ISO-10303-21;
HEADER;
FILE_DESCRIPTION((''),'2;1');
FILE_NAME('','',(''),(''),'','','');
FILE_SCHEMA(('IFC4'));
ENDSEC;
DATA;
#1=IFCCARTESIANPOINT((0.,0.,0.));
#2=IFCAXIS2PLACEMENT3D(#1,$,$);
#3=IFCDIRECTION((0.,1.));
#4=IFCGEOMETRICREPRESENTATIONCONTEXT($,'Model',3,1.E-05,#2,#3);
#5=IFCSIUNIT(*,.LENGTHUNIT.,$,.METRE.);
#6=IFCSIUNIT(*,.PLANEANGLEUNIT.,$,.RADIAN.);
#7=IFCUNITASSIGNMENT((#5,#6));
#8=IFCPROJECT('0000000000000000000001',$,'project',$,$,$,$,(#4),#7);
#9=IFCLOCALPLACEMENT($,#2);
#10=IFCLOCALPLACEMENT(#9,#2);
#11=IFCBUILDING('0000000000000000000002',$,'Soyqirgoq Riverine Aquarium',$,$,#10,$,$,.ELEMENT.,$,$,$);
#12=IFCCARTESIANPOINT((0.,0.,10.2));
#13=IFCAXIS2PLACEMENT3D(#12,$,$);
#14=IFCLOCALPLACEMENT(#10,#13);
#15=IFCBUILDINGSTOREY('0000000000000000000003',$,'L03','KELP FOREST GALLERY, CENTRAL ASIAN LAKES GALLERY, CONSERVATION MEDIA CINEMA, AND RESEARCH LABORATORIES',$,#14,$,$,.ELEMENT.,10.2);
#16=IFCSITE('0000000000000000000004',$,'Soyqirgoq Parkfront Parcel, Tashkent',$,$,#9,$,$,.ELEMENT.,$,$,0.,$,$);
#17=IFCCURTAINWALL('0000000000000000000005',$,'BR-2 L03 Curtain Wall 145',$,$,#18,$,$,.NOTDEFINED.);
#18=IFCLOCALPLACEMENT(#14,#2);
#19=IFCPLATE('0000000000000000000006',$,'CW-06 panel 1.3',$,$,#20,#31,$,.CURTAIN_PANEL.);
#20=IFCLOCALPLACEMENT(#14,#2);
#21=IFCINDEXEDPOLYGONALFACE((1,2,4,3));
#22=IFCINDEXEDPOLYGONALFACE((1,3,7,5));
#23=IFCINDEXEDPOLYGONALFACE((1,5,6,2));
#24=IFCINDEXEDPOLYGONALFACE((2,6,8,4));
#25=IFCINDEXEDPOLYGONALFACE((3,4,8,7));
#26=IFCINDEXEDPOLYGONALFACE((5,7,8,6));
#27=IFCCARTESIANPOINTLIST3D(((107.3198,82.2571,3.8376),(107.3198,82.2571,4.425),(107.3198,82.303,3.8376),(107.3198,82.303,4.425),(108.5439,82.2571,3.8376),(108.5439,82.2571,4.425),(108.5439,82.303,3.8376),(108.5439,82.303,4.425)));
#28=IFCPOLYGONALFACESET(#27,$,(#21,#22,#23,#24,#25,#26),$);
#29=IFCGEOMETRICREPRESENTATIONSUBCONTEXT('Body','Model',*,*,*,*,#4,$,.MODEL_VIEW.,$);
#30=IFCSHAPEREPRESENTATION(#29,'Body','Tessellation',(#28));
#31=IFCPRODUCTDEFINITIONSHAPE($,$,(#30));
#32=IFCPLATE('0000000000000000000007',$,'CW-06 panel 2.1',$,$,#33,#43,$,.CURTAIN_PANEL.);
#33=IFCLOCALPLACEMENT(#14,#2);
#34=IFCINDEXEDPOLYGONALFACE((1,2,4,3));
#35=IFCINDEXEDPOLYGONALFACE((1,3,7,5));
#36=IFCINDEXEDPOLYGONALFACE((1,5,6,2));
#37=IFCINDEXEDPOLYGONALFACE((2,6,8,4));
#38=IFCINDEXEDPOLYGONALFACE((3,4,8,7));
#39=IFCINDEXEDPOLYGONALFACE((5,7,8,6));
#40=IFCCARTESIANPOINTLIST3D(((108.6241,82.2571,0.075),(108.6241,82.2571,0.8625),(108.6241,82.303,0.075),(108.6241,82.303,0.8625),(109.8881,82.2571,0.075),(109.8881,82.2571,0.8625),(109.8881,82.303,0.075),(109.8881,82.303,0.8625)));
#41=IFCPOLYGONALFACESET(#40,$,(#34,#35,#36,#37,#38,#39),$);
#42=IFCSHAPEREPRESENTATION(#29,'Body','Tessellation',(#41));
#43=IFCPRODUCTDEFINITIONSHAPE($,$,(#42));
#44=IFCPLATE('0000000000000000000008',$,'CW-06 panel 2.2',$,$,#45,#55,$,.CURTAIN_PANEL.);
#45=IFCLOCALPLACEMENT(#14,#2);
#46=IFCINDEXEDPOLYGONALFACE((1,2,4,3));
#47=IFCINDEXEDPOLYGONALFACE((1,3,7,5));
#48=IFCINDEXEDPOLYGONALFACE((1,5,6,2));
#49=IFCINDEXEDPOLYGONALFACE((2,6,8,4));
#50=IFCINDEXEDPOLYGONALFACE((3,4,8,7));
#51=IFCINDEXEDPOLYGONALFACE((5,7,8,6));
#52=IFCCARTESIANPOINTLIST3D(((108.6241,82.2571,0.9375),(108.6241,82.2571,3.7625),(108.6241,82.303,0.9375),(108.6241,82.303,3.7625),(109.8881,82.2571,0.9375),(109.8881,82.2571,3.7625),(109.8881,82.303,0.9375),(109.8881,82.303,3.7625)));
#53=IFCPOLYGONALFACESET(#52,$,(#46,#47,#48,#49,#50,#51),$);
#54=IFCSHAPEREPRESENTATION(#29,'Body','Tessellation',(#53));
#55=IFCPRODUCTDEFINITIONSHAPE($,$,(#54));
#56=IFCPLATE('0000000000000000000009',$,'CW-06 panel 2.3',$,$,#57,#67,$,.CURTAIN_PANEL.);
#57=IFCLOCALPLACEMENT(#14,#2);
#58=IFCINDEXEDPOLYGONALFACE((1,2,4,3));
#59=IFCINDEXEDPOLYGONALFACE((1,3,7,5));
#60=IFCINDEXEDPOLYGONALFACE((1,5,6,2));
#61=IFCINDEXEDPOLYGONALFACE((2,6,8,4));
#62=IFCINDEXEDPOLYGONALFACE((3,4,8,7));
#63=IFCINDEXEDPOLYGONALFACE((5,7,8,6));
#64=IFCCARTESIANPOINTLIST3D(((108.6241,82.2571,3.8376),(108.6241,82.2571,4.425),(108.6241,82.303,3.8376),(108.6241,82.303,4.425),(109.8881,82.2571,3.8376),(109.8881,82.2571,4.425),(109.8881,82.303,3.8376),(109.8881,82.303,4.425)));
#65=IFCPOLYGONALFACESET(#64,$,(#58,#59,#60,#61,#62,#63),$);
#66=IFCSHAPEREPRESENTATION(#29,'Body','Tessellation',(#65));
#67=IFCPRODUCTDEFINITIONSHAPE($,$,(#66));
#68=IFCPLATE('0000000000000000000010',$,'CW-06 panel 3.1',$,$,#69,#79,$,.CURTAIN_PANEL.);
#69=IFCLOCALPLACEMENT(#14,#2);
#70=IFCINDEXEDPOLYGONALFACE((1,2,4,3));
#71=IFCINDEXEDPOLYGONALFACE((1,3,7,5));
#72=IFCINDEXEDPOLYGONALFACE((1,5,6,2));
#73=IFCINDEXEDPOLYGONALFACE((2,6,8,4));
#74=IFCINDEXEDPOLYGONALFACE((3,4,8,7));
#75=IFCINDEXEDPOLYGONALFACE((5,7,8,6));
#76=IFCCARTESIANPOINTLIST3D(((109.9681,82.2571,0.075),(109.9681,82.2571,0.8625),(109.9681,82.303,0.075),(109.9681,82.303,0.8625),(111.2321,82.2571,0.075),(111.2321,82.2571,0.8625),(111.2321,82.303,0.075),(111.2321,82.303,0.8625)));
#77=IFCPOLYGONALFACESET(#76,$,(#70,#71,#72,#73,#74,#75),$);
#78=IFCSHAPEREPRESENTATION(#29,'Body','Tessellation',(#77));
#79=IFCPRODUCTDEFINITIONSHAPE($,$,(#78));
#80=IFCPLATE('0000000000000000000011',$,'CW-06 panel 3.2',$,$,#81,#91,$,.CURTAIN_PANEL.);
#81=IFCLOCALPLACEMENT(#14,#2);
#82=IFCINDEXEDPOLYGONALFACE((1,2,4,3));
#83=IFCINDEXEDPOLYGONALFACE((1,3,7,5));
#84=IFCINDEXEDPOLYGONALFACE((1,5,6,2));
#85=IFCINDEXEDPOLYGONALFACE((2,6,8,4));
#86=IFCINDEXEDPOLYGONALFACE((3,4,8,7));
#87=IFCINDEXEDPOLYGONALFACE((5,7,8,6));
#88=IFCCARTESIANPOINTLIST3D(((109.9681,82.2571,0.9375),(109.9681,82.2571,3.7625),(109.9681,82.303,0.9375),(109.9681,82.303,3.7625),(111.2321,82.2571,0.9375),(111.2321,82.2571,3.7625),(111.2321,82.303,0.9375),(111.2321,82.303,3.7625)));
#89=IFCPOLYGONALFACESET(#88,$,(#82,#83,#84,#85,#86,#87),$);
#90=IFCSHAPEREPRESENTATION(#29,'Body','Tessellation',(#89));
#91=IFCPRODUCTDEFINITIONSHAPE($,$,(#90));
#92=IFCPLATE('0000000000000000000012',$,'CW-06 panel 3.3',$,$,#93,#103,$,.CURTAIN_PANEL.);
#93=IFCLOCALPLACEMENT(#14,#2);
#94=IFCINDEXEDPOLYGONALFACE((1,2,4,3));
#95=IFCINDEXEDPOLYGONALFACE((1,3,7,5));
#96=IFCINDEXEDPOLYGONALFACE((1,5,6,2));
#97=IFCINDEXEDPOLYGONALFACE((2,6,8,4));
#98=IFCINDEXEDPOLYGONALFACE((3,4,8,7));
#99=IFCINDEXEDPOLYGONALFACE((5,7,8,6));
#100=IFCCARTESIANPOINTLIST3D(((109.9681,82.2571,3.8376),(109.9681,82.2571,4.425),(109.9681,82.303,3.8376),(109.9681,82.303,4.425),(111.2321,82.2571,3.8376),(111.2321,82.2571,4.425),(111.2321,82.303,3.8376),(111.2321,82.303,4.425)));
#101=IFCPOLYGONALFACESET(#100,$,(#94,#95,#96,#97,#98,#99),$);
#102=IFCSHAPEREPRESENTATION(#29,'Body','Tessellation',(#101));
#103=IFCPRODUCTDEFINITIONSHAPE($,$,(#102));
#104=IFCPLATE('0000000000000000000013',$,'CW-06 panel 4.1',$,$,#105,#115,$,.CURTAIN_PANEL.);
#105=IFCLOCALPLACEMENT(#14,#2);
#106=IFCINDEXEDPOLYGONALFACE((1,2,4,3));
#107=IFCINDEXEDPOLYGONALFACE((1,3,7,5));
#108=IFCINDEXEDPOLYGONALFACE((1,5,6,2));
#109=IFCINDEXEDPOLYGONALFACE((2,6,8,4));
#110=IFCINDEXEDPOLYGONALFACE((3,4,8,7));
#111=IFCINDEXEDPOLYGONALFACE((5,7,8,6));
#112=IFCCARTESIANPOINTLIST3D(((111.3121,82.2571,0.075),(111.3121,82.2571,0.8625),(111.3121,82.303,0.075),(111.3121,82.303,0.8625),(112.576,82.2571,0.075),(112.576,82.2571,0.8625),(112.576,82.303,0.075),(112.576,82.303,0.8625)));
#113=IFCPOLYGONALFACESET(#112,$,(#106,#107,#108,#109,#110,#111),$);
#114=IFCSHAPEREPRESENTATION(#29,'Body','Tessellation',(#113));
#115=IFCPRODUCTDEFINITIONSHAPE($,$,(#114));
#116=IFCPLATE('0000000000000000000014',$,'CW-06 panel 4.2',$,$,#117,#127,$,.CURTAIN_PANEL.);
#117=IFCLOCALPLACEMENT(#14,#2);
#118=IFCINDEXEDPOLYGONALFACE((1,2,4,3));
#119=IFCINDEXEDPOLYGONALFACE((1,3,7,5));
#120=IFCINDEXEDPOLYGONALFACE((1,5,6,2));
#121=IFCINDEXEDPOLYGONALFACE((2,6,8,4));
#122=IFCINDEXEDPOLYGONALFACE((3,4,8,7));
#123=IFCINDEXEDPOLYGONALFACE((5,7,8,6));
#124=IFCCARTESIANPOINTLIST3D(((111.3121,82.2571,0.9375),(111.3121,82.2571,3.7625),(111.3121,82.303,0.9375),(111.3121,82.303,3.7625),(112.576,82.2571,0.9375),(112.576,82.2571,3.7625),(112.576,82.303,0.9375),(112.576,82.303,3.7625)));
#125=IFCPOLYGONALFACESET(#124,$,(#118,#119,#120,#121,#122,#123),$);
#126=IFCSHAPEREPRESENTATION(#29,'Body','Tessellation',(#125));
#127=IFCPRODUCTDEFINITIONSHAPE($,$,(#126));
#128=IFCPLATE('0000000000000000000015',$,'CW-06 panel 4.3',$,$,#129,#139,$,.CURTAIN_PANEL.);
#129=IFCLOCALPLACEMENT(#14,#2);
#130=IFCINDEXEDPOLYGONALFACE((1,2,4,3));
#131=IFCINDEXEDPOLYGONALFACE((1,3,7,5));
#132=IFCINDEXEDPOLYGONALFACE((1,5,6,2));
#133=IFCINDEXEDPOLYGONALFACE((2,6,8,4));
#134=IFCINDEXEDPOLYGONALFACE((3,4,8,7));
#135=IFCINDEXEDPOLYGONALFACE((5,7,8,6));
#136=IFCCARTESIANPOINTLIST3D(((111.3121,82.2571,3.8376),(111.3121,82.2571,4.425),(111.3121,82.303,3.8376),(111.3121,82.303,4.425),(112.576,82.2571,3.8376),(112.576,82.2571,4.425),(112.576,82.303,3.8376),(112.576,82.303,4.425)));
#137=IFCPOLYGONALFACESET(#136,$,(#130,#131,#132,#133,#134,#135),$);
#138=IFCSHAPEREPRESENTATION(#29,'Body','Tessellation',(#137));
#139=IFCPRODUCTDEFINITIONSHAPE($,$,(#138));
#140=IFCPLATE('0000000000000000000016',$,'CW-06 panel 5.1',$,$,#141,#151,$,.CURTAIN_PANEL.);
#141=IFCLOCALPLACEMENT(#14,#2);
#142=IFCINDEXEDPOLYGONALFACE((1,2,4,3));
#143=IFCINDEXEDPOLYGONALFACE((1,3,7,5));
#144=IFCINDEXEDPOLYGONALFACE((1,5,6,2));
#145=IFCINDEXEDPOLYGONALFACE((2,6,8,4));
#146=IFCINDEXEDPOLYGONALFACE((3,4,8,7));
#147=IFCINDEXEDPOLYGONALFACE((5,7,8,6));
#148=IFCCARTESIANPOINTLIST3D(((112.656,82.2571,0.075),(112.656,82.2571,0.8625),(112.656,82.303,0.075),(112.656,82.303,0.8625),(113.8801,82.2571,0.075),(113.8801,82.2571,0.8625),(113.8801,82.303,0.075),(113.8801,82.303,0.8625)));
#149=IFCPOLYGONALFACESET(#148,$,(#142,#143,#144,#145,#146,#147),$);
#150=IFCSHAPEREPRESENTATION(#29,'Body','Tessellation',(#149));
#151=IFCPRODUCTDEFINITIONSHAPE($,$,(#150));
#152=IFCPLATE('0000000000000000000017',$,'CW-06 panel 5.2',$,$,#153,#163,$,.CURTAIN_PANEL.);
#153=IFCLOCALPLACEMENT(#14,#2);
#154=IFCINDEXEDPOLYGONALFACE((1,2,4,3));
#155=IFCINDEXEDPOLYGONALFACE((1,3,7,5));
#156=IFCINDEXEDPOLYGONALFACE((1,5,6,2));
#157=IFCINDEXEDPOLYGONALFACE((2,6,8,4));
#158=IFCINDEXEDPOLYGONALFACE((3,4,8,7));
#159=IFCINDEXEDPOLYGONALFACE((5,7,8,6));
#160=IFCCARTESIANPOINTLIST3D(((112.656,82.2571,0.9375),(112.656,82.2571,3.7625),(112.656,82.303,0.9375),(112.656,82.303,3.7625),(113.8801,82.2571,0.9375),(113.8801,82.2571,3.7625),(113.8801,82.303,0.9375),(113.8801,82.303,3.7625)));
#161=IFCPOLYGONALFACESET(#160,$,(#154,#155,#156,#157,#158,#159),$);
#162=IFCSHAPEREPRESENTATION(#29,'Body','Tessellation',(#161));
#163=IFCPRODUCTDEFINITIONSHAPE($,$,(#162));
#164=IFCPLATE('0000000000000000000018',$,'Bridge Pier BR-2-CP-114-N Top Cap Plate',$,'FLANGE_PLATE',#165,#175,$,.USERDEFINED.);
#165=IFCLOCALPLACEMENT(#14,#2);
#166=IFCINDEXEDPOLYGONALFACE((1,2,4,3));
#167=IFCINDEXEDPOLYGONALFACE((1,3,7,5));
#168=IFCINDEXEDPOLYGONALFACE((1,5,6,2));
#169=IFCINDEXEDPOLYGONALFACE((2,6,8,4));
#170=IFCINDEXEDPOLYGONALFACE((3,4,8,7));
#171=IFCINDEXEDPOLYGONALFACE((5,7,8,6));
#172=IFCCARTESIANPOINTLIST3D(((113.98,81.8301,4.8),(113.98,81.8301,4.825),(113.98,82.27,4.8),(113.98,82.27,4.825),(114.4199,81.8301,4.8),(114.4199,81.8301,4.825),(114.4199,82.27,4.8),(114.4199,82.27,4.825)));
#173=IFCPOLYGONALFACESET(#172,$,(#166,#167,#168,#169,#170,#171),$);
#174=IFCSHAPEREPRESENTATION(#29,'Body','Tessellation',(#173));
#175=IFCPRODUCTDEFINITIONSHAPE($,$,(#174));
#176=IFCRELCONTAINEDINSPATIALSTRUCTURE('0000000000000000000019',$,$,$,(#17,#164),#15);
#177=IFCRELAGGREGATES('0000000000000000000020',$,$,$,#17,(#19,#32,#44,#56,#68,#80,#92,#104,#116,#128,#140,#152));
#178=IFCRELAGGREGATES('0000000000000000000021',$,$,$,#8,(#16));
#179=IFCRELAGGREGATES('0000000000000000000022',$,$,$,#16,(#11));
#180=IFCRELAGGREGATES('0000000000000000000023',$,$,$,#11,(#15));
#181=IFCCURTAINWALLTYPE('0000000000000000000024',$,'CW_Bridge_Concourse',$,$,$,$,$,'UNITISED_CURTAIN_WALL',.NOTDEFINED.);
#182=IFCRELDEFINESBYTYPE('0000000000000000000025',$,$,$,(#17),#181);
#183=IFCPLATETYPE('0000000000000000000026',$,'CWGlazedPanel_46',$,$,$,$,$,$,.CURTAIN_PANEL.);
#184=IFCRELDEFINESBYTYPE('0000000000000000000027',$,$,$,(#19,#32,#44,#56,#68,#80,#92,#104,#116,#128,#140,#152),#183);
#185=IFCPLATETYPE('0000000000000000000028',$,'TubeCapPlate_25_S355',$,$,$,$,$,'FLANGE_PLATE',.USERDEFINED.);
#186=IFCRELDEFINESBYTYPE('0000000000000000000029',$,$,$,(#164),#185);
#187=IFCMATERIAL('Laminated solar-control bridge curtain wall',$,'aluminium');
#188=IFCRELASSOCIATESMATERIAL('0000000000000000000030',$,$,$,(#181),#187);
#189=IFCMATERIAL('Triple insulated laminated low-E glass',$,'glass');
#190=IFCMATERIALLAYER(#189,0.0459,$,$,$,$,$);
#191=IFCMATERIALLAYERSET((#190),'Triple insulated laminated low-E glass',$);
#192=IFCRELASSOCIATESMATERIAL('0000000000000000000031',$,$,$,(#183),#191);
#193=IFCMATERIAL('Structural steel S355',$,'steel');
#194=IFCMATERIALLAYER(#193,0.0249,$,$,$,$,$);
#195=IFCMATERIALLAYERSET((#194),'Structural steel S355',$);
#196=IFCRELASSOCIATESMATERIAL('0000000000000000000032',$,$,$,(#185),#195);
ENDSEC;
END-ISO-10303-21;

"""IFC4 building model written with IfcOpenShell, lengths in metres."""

from ifc_helpers import new_model, si_unit, direction, frame, origin, origin_2d, place, context, subcontext, project, spatial, rectangle, extrude, material, layer, layer_set, type_object, element, aggregate, save


model = new_model("IFC4")

# Units and contexts
model_context = context("Model", 3, precision=1e-05, world=origin(), true_north=direction((0.0, 1.0)))
body_context = subcontext(model_context, "Body", "Model", "MODEL_VIEW")
ifc_project = project(units=[si_unit("LENGTHUNIT", "METRE"), si_unit("PLANEANGLEUNIT", "RADIAN")], contexts=[model_context])

# Site, building, storey
site_placement = place(None, origin())
site = spatial("IfcSite", under=ifc_project, at=site_placement, Name="Soyqirgoq Parkfront Parcel, Tashkent", CompositionType="ELEMENT", RefElevation=0.0)
building_placement = place(site_placement, origin())
building = spatial("IfcBuilding", under=site, at=building_placement, Name="Soyqirgoq Riverine Aquarium", CompositionType="ELEMENT")
storey_placement = place(building_placement, frame((0.0, 0.0, 10.2)))
storey = spatial("IfcBuildingStorey", under=building, at=storey_placement, Name="L03", Description="KELP FOREST GALLERY, CENTRAL ASIAN LAKES GALLERY, CONSERVATION MEDIA CINEMA, AND RESEARCH LABORATORIES", CompositionType="ELEMENT", Elevation=10.2)

# Curtain wall
ifc_material_1 = material(Name="Laminated solar-control bridge curtain wall", Category="aluminium")
curtain_wall_type = type_object("IfcCurtainWallType", Name="CW_Bridge_Concourse", ElementType="UNITISED_CURTAIN_WALL", PredefinedType="NOTDEFINED", material=ifc_material_1)
curtain_wall_placement = place(storey_placement, origin())
curtain_wall = element("IfcCurtainWall", 1, at=curtain_wall_placement, inside=storey, type_object=curtain_wall_type, Name="BR-2 L03 Curtain Wall 145", PredefinedType="NOTDEFINED")

# Plates
ifc_material_2 = material(Name="Triple insulated laminated low-E glass", Category="glass")
ifc_layer_1 = layer(ifc_material_2, 0.0459)
ifc_layer_set_1 = layer_set([ifc_layer_1], Name="Triple insulated laminated low-E glass")
plate_type_1 = type_object("IfcPlateType", Name="CWGlazedPanel_46", PredefinedType="CURTAIN_PANEL", material=ifc_layer_set_1)
plate_1_placement = place(storey_placement, frame((107.9319, 82.28, 3.8376), z_axis=(0.0, 0.0, 1.0), x_axis=(1.0, 0.0, 0.0)))
plate_1 = element("IfcPlate", 2, at=plate_1_placement, type_object=plate_type_1, Name="CW-06 panel 1.3", PredefinedType="CURTAIN_PANEL", context=body_context, shape_type="SweptSolid", body=[
    extrude(rectangle(XDim=1.2241, YDim=0.0459, at=origin_2d()), origin(), (0.0, 0.0, 1.0), 0.5874),
])
plate_2_placement = place(storey_placement, frame((109.2561, 82.28, 0.075), z_axis=(0.0, 0.0, 1.0), x_axis=(1.0, 0.0, 0.0)))
plate_2 = element("IfcPlate", 3, at=plate_2_placement, type_object=plate_type_1, Name="CW-06 panel 2.1", PredefinedType="CURTAIN_PANEL", context=body_context, shape_type="SweptSolid", body=[
    extrude(rectangle(XDim=1.2639, YDim=0.0459, at=origin_2d()), origin(), (0.0, 0.0, 1.0), 0.7876),
])
plate_3_placement = place(storey_placement, frame((109.2561, 82.28, 0.9375), z_axis=(0.0, 0.0, 1.0), x_axis=(1.0, 0.0, 0.0)))
plate_3 = element("IfcPlate", 4, at=plate_3_placement, type_object=plate_type_1, Name="CW-06 panel 2.2", PredefinedType="CURTAIN_PANEL", context=body_context, shape_type="SweptSolid", body=[
    extrude(rectangle(XDim=1.2639, YDim=0.0459, at=origin_2d()), origin(), (0.0, 0.0, 1.0), 2.825),
])
plate_4_placement = place(storey_placement, frame((109.2561, 82.28, 3.8376), z_axis=(0.0, 0.0, 1.0), x_axis=(1.0, 0.0, 0.0)))
plate_4 = element("IfcPlate", 5, at=plate_4_placement, type_object=plate_type_1, Name="CW-06 panel 2.3", PredefinedType="CURTAIN_PANEL", context=body_context, shape_type="SweptSolid", body=[
    extrude(rectangle(XDim=1.2639, YDim=0.0459, at=origin_2d()), origin(), (0.0, 0.0, 1.0), 0.5874),
])
plate_5_placement = place(storey_placement, frame((110.6001, 82.28, 0.075), z_axis=(0.0, 0.0, 1.0), x_axis=(1.0, 0.0, 0.0)))
plate_5 = element("IfcPlate", 6, at=plate_5_placement, type_object=plate_type_1, Name="CW-06 panel 3.1", PredefinedType="CURTAIN_PANEL", context=body_context, shape_type="SweptSolid", body=[
    extrude(rectangle(XDim=1.2639, YDim=0.0459, at=origin_2d()), origin(), (0.0, 0.0, 1.0), 0.7876),
])
plate_6_placement = place(storey_placement, frame((110.6001, 82.28, 0.9375), z_axis=(0.0, 0.0, 1.0), x_axis=(1.0, 0.0, 0.0)))
plate_6 = element("IfcPlate", 7, at=plate_6_placement, type_object=plate_type_1, Name="CW-06 panel 3.2", PredefinedType="CURTAIN_PANEL", context=body_context, shape_type="SweptSolid", body=[
    extrude(rectangle(XDim=1.2639, YDim=0.0459, at=origin_2d()), origin(), (0.0, 0.0, 1.0), 2.825),
])
plate_7_placement = place(storey_placement, frame((110.6001, 82.28, 3.8376), z_axis=(0.0, 0.0, 1.0), x_axis=(1.0, 0.0, 0.0)))
plate_7 = element("IfcPlate", 8, at=plate_7_placement, type_object=plate_type_1, Name="CW-06 panel 3.3", PredefinedType="CURTAIN_PANEL", context=body_context, shape_type="SweptSolid", body=[
    extrude(rectangle(XDim=1.2639, YDim=0.0459, at=origin_2d()), origin(), (0.0, 0.0, 1.0), 0.5874),
])
plate_8_placement = place(storey_placement, frame((111.9441, 82.28, 0.075), z_axis=(0.0, 0.0, 1.0), x_axis=(1.0, 0.0, 0.0)))
plate_8 = element("IfcPlate", 9, at=plate_8_placement, type_object=plate_type_1, Name="CW-06 panel 4.1", PredefinedType="CURTAIN_PANEL", context=body_context, shape_type="SweptSolid", body=[
    extrude(rectangle(XDim=1.2639, YDim=0.0459, at=origin_2d()), origin(), (0.0, 0.0, 1.0), 0.7876),
])
plate_9_placement = place(storey_placement, frame((111.9441, 82.28, 0.9375), z_axis=(0.0, 0.0, 1.0), x_axis=(1.0, 0.0, 0.0)))
plate_9 = element("IfcPlate", 10, at=plate_9_placement, type_object=plate_type_1, Name="CW-06 panel 4.2", PredefinedType="CURTAIN_PANEL", context=body_context, shape_type="SweptSolid", body=[
    extrude(rectangle(XDim=1.2639, YDim=0.0459, at=origin_2d()), origin(), (0.0, 0.0, 1.0), 2.825),
])
plate_10_placement = place(storey_placement, frame((111.9441, 82.28, 3.8376), z_axis=(0.0, 0.0, 1.0), x_axis=(1.0, 0.0, 0.0)))
plate_10 = element("IfcPlate", 11, at=plate_10_placement, type_object=plate_type_1, Name="CW-06 panel 4.3", PredefinedType="CURTAIN_PANEL", context=body_context, shape_type="SweptSolid", body=[
    extrude(rectangle(XDim=1.2639, YDim=0.0459, at=origin_2d()), origin(), (0.0, 0.0, 1.0), 0.5874),
])
plate_11_placement = place(storey_placement, frame((113.2681, 82.28, 0.075), z_axis=(0.0, 0.0, 1.0), x_axis=(1.0, 0.0, 0.0)))
plate_11 = element("IfcPlate", 12, at=plate_11_placement, type_object=plate_type_1, Name="CW-06 panel 5.1", PredefinedType="CURTAIN_PANEL", context=body_context, shape_type="SweptSolid", body=[
    extrude(rectangle(XDim=1.2241, YDim=0.0459, at=origin_2d()), origin(), (0.0, 0.0, 1.0), 0.7876),
])
plate_12_placement = place(storey_placement, frame((113.2681, 82.28, 0.9375), z_axis=(0.0, 0.0, 1.0), x_axis=(1.0, 0.0, 0.0)))
plate_12 = element("IfcPlate", 13, at=plate_12_placement, type_object=plate_type_1, Name="CW-06 panel 5.2", PredefinedType="CURTAIN_PANEL", context=body_context, shape_type="SweptSolid", body=[
    extrude(rectangle(XDim=1.2241, YDim=0.0459, at=origin_2d()), origin(), (0.0, 0.0, 1.0), 2.825),
])
aggregate(curtain_wall, [plate_1, plate_2, plate_3, plate_4, plate_5, plate_6, plate_7, plate_8, plate_9, plate_10, plate_11, plate_12])
ifc_material_3 = material(Name="Structural steel S355", Category="steel")
ifc_layer_2 = layer(ifc_material_3, 0.0249)
ifc_layer_set_2 = layer_set([ifc_layer_2], Name="Structural steel S355")
plate_type_2 = type_object("IfcPlateType", Name="TubeCapPlate_25_S355", ElementType="FLANGE_PLATE", PredefinedType="USERDEFINED", material=ifc_layer_set_2)
plate_13_placement = place(storey_placement, frame((114.2, 82.05, 4.8), z_axis=(0.0, 0.0, 1.0), x_axis=(1.0, 0.0, 0.0)))
element("IfcPlate", 14, at=plate_13_placement, inside=storey, type_object=plate_type_2, Name="Bridge Pier BR-2-CP-114-N Top Cap Plate", ObjectType="FLANGE_PLATE", PredefinedType="USERDEFINED", context=body_context, shape_type="SweptSolid", body=[
    extrude(rectangle(XDim=0.4399, YDim=0.4399, at=origin_2d()), origin(), (0.0, 0.0, 1.0), 0.0249),
])

save(model, "model.ifc")
